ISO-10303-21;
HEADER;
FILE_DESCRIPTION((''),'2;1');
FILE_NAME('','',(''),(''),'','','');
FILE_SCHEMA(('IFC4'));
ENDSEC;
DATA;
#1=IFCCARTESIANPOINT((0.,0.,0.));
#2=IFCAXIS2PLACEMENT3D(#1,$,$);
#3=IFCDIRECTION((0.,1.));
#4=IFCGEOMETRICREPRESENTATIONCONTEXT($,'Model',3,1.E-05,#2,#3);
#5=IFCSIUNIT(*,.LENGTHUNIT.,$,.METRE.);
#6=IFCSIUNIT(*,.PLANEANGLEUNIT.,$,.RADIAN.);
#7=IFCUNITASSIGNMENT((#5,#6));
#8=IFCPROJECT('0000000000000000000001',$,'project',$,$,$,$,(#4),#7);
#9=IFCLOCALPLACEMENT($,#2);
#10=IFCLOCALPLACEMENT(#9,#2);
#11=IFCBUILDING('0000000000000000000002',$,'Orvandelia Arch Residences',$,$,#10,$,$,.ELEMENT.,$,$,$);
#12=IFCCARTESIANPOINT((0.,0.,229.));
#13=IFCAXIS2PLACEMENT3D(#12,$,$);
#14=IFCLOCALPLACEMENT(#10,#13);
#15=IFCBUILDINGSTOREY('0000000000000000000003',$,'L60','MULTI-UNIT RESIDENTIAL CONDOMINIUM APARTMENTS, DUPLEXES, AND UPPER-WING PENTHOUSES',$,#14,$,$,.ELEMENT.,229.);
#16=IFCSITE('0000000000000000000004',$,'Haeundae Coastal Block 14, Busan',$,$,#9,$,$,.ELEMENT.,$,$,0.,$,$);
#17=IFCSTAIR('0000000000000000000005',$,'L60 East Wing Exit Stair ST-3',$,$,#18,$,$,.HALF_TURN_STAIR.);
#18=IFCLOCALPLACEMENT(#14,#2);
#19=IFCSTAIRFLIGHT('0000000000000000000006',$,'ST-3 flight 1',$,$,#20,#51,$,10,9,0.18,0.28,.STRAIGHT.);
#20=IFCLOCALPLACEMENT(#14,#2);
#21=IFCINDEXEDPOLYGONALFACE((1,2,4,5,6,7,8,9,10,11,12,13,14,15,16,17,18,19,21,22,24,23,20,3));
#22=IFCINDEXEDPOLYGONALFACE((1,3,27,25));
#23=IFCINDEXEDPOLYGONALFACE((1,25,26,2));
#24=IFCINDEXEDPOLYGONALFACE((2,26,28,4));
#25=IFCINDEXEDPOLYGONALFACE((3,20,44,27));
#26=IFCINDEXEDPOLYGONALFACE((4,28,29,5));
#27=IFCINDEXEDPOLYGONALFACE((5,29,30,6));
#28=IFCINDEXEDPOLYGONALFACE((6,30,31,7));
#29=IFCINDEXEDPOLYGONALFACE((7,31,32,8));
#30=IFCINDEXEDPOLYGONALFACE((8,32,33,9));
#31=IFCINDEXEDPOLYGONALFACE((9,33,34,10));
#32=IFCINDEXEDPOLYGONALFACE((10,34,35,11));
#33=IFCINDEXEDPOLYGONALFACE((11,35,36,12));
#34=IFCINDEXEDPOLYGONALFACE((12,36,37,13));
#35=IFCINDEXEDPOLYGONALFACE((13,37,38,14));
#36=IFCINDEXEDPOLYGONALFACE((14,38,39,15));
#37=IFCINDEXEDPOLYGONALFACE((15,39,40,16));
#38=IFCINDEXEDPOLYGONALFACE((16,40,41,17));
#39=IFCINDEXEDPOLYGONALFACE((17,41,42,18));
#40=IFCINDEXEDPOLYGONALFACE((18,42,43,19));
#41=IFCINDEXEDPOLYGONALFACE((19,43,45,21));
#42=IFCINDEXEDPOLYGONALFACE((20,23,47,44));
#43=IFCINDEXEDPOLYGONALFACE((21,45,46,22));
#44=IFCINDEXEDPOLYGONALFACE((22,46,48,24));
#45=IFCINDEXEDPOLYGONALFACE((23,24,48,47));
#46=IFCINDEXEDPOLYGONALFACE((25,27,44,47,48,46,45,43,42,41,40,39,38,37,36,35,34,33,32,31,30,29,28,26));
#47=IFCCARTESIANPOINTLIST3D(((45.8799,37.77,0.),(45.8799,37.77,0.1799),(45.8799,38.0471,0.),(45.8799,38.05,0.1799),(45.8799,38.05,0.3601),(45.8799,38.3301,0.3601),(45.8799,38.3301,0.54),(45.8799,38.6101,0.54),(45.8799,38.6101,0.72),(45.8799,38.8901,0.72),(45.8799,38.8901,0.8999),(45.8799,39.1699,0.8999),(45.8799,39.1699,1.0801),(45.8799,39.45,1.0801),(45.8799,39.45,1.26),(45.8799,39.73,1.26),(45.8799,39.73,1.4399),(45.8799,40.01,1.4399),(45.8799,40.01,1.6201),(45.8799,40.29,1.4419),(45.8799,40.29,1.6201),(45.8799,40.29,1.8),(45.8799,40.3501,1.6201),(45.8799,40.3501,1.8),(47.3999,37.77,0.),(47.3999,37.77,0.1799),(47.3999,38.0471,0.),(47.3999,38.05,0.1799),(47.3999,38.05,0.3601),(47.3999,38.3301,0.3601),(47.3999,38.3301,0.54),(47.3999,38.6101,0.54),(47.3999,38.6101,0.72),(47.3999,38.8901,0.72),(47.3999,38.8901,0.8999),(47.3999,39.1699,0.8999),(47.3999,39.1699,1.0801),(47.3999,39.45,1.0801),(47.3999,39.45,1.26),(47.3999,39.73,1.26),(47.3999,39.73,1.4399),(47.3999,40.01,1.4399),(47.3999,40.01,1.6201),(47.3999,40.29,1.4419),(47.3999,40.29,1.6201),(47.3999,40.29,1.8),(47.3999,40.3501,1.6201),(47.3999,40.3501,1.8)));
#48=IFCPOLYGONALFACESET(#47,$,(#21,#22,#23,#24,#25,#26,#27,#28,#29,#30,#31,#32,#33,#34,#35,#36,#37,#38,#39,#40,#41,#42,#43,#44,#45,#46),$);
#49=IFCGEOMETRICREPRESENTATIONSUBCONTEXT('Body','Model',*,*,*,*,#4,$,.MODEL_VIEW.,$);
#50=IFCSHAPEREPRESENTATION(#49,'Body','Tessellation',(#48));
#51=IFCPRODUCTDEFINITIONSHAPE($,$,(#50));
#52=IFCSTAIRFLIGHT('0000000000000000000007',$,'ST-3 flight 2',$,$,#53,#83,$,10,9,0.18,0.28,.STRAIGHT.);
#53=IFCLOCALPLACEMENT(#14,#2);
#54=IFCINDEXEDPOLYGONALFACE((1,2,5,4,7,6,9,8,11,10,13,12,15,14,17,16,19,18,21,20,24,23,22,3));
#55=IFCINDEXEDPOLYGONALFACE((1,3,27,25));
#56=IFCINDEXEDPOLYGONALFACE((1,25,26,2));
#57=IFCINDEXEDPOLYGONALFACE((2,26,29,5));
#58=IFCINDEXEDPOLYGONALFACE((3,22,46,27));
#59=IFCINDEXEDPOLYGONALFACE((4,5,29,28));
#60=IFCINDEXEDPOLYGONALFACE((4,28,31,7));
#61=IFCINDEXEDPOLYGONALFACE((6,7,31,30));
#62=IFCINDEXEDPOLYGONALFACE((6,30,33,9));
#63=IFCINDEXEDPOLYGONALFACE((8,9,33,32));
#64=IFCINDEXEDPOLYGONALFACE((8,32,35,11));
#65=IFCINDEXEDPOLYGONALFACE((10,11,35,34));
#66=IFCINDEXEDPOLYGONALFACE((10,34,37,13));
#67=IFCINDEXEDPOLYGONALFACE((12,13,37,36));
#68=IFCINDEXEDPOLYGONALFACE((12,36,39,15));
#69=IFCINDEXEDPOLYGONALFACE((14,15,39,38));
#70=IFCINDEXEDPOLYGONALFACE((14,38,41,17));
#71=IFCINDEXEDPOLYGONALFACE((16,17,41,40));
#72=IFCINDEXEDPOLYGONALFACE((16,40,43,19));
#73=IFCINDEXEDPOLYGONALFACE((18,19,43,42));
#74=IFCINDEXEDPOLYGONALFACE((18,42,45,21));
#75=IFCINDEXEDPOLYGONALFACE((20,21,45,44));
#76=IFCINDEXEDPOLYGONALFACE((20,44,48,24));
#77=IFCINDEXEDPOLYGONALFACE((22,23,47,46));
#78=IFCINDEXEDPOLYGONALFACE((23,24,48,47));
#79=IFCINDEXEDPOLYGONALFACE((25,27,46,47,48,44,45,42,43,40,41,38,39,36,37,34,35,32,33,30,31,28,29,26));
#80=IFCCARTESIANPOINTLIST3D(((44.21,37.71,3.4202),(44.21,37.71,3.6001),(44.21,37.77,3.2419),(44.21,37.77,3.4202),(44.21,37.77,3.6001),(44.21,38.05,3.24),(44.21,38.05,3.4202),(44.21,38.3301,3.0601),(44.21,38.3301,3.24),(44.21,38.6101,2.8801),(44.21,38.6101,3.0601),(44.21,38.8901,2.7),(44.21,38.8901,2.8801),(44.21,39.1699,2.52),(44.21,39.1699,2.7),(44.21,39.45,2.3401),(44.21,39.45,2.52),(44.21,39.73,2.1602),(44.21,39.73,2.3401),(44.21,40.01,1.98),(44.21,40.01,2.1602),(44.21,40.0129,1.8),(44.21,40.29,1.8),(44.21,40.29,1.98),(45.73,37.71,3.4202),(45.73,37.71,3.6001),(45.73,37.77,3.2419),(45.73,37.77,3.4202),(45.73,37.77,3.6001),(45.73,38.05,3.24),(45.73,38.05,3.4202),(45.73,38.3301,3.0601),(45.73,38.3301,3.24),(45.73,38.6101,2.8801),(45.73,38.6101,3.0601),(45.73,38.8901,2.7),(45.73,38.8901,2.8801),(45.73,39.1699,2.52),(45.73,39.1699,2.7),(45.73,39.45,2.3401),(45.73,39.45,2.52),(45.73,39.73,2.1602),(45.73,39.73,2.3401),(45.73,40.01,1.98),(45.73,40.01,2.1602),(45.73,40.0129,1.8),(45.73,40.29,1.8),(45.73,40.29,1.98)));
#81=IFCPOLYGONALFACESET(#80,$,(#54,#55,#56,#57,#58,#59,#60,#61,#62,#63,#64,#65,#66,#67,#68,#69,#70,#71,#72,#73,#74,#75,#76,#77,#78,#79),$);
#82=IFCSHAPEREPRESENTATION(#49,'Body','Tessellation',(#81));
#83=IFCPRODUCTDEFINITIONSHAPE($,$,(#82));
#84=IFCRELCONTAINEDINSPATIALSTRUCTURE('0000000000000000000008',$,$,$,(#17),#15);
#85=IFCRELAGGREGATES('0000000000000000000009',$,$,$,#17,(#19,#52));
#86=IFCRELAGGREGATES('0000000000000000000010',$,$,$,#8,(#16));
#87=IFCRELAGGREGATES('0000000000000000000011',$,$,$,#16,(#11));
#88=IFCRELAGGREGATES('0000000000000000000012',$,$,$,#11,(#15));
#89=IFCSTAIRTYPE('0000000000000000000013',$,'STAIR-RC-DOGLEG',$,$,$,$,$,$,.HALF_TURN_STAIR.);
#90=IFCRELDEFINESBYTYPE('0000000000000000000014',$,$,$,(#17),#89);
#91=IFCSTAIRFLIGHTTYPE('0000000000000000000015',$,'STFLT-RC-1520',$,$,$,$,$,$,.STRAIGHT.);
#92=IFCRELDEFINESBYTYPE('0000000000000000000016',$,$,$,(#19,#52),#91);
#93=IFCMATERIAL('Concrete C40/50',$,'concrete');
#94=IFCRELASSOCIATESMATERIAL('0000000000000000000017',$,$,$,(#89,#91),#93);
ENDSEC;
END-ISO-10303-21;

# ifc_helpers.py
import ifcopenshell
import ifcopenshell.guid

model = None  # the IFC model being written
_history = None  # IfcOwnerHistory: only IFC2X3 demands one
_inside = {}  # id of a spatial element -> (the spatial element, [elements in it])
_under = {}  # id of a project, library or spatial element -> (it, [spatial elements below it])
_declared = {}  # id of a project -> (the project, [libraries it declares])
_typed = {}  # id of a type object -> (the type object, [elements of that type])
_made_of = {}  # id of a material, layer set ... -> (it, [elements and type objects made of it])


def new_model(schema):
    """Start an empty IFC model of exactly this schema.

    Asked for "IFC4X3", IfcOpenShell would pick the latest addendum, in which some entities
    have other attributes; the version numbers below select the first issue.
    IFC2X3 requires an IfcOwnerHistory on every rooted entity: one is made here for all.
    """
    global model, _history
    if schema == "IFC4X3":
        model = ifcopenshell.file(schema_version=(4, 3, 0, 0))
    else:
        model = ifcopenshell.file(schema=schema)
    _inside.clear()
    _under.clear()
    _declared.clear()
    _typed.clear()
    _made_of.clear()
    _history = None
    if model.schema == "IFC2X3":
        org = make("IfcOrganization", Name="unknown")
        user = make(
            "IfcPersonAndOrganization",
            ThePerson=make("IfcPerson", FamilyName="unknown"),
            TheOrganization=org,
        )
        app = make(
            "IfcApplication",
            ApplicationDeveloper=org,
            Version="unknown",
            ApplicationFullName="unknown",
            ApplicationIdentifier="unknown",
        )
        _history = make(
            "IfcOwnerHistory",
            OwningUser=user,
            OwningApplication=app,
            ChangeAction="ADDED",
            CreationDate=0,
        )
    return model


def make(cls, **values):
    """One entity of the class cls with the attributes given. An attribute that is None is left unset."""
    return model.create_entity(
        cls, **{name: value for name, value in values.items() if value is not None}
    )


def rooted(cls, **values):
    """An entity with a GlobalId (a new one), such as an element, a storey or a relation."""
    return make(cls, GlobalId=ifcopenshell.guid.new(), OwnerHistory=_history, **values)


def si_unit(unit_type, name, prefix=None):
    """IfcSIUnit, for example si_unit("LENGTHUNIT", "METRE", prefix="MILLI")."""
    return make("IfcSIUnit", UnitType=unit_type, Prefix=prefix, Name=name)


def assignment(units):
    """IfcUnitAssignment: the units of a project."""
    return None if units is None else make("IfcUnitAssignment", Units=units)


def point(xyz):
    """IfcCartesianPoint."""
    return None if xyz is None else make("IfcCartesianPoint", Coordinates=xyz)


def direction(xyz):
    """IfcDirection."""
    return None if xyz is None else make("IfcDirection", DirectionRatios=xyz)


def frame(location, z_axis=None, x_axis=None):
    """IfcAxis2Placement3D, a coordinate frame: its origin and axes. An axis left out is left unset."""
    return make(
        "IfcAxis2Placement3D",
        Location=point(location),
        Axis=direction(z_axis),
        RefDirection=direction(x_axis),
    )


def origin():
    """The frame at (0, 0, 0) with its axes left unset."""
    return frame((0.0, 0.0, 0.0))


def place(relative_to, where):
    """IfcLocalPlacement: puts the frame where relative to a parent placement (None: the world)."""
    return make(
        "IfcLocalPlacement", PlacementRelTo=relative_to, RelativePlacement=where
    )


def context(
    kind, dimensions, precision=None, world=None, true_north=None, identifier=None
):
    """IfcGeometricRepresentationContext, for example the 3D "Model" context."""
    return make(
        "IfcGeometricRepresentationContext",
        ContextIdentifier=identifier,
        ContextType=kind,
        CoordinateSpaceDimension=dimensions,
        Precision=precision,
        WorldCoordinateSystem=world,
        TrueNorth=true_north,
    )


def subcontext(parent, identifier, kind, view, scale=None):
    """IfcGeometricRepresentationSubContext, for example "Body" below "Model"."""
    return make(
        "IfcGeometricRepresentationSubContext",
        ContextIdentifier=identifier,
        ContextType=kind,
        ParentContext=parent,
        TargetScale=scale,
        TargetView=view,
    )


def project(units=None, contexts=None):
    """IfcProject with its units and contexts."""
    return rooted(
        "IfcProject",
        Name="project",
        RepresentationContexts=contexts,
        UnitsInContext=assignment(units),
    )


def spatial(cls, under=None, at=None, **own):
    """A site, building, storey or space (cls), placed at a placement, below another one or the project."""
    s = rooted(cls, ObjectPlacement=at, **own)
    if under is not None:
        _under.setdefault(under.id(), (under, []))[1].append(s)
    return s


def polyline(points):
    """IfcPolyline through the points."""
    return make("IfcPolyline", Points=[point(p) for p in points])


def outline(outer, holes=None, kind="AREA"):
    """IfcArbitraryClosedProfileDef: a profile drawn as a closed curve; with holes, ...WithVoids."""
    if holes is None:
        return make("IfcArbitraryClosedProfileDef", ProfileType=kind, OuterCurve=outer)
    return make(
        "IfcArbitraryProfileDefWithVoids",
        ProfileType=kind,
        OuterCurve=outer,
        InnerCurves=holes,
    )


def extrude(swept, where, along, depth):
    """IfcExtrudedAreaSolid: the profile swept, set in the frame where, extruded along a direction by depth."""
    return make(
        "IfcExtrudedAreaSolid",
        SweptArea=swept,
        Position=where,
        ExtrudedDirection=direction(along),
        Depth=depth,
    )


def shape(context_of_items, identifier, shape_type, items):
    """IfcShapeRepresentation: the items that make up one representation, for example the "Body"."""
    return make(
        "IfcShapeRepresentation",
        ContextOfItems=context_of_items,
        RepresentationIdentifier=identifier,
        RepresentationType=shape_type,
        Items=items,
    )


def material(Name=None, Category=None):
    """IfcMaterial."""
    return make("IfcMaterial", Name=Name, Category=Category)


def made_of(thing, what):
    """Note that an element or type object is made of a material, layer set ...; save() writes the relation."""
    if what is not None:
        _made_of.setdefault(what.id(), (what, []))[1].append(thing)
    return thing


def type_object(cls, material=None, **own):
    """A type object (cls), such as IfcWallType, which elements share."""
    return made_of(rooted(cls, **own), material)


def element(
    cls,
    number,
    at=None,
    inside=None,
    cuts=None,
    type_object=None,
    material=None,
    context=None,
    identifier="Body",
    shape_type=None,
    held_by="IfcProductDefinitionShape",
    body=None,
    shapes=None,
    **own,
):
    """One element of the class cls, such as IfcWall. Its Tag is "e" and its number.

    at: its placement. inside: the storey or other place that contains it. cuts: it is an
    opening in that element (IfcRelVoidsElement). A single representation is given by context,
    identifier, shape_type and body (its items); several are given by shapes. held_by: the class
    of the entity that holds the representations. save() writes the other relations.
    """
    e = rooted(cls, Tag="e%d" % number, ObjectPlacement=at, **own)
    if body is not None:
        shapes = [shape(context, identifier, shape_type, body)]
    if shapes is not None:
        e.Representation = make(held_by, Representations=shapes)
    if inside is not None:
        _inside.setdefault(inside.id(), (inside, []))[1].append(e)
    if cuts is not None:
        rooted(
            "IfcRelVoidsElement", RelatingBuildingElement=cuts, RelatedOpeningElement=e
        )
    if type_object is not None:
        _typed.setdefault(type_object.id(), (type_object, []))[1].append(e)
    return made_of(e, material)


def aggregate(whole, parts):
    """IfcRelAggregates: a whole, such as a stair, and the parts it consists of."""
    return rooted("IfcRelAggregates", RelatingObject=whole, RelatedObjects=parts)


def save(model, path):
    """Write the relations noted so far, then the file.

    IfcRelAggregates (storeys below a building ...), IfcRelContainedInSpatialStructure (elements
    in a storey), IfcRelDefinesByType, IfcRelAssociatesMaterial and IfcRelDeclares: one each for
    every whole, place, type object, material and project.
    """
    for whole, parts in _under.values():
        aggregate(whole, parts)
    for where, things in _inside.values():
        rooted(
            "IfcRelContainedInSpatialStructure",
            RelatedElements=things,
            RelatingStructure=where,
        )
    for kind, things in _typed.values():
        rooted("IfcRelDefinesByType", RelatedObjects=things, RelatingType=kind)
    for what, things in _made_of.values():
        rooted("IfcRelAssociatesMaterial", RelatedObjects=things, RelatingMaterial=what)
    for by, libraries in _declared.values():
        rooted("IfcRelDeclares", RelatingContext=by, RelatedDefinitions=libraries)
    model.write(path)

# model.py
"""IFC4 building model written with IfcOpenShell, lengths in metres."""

from ifc_helpers import new_model, si_unit, direction, frame, origin, place, context, subcontext, project, spatial, polyline, outline, extrude, material, type_object, element, aggregate, save


model = new_model("IFC4")

# Units and contexts
model_context = context("Model", 3, precision=1e-05, world=origin(), true_north=direction((0.0, 1.0)))
body_context = subcontext(model_context, "Body", "Model", "MODEL_VIEW")
ifc_project = project(units=[si_unit("LENGTHUNIT", "METRE"), si_unit("PLANEANGLEUNIT", "RADIAN")], contexts=[model_context])

# Site, building, storey
site_placement = place(None, origin())
site = spatial("IfcSite", under=ifc_project, at=site_placement, Name="Haeundae Coastal Block 14, Busan", CompositionType="ELEMENT", RefElevation=0.0)
building_placement = place(site_placement, origin())
building = spatial("IfcBuilding", under=site, at=building_placement, Name="Orvandelia Arch Residences", CompositionType="ELEMENT")
storey_placement = place(building_placement, frame((0.0, 0.0, 229.0)))
storey = spatial("IfcBuildingStorey", under=building, at=storey_placement, Name="L60", Description="MULTI-UNIT RESIDENTIAL CONDOMINIUM APARTMENTS, DUPLEXES, AND UPPER-WING PENTHOUSES", CompositionType="ELEMENT", Elevation=229.0)

# Stair, stair flights
ifc_material_1 = material(Name="Concrete C40/50", Category="concrete")
stair_type = type_object("IfcStairType", Name="STAIR-RC-DOGLEG", PredefinedType="HALF_TURN_STAIR", material=ifc_material_1)
stair_placement = place(storey_placement, origin())
stair = element("IfcStair", 1, at=stair_placement, inside=storey, type_object=stair_type, Name="L60 East Wing Exit Stair ST-3", PredefinedType="HALF_TURN_STAIR")
stair_flight_type = type_object("IfcStairFlightType", Name="STFLT-RC-1520", PredefinedType="STRAIGHT", material=ifc_material_1)
stair_flight_1_placement = place(storey_placement, frame((46.6399, 37.77, 0.0), z_axis=(0.0, 0.0, 1.0), x_axis=(0.0, 1.0, 0.0)))
stair_flight_1 = element("IfcStairFlight", 2, at=stair_flight_1_placement, type_object=stair_flight_type, Name="ST-3 flight 1", NumberOfRisers=10, NumberOfTreads=9, PredefinedType="STRAIGHT", RiserHeight=0.18, TreadLength=0.28, context=body_context, shape_type="SweptSolid", body=[
    extrude(outline(polyline([(0.0, 0.0), (0.0, 0.1799), (0.28, 0.1799), (0.28, 0.3601), (0.5601, 0.3601), (0.5601, 0.54), (0.8401, 0.54), (0.8401, 0.72), (1.1201, 0.72), (1.1201, 0.8999), (1.3999, 0.8999), (1.3999, 1.0801), (1.6799, 1.0801), (1.6799, 1.26), (1.96, 1.26), (1.96, 1.4399), (2.24, 1.4399), (2.24, 1.6201), (2.52, 1.6201), (2.52, 1.8), (2.5801, 1.8), (2.5801, 1.6201), (2.52, 1.4419), (0.2771, 0.0), (0.0, 0.0)])), frame((0.0, 0.76, 0.0), z_axis=(0.0, -1.0, 0.0), x_axis=(1.0, 0.0, 0.0)), (0.0, 0.0, 1.0), 1.52),
])
stair_flight_2_placement = place(storey_placement, frame((44.97, 40.29, 1.8), z_axis=(0.0, 0.0, 1.0), x_axis=(0.0, -1.0, 0.0)))
stair_flight_2 = element("IfcStairFlight", 3, at=stair_flight_2_placement, type_object=stair_flight_type, Name="ST-3 flight 2", NumberOfRisers=10, NumberOfTreads=9, PredefinedType="STRAIGHT", RiserHeight=0.18, TreadLength=0.28, context=body_context, shape_type="SweptSolid", body=[
    extrude(outline(polyline([(0.0, 0.0), (0.0, 0.1799), (0.28, 0.1799), (0.28, 0.3601), (0.5601, 0.3601), (0.5601, 0.54), (0.8401, 0.54), (0.8401, 0.72), (1.1201, 0.72), (1.1201, 0.8999), (1.3999, 0.8999), (1.3999, 1.0801), (1.6799, 1.0801), (1.6799, 1.26), (1.96, 1.26), (1.96, 1.4399), (2.24, 1.4399), (2.24, 1.6201), (2.52, 1.6201), (2.52, 1.8), (2.5801, 1.8), (2.5801, 1.6201), (2.52, 1.4419), (0.2771, 0.0), (0.0, 0.0)])), frame((0.0, 0.76, 0.0), z_axis=(0.0, -1.0, 0.0), x_axis=(1.0, 0.0, 0.0)), (0.0, 0.0, 1.0), 1.52),
])
aggregate(stair, [stair_flight_1, stair_flight_2])

save(model, "model.ifc")
